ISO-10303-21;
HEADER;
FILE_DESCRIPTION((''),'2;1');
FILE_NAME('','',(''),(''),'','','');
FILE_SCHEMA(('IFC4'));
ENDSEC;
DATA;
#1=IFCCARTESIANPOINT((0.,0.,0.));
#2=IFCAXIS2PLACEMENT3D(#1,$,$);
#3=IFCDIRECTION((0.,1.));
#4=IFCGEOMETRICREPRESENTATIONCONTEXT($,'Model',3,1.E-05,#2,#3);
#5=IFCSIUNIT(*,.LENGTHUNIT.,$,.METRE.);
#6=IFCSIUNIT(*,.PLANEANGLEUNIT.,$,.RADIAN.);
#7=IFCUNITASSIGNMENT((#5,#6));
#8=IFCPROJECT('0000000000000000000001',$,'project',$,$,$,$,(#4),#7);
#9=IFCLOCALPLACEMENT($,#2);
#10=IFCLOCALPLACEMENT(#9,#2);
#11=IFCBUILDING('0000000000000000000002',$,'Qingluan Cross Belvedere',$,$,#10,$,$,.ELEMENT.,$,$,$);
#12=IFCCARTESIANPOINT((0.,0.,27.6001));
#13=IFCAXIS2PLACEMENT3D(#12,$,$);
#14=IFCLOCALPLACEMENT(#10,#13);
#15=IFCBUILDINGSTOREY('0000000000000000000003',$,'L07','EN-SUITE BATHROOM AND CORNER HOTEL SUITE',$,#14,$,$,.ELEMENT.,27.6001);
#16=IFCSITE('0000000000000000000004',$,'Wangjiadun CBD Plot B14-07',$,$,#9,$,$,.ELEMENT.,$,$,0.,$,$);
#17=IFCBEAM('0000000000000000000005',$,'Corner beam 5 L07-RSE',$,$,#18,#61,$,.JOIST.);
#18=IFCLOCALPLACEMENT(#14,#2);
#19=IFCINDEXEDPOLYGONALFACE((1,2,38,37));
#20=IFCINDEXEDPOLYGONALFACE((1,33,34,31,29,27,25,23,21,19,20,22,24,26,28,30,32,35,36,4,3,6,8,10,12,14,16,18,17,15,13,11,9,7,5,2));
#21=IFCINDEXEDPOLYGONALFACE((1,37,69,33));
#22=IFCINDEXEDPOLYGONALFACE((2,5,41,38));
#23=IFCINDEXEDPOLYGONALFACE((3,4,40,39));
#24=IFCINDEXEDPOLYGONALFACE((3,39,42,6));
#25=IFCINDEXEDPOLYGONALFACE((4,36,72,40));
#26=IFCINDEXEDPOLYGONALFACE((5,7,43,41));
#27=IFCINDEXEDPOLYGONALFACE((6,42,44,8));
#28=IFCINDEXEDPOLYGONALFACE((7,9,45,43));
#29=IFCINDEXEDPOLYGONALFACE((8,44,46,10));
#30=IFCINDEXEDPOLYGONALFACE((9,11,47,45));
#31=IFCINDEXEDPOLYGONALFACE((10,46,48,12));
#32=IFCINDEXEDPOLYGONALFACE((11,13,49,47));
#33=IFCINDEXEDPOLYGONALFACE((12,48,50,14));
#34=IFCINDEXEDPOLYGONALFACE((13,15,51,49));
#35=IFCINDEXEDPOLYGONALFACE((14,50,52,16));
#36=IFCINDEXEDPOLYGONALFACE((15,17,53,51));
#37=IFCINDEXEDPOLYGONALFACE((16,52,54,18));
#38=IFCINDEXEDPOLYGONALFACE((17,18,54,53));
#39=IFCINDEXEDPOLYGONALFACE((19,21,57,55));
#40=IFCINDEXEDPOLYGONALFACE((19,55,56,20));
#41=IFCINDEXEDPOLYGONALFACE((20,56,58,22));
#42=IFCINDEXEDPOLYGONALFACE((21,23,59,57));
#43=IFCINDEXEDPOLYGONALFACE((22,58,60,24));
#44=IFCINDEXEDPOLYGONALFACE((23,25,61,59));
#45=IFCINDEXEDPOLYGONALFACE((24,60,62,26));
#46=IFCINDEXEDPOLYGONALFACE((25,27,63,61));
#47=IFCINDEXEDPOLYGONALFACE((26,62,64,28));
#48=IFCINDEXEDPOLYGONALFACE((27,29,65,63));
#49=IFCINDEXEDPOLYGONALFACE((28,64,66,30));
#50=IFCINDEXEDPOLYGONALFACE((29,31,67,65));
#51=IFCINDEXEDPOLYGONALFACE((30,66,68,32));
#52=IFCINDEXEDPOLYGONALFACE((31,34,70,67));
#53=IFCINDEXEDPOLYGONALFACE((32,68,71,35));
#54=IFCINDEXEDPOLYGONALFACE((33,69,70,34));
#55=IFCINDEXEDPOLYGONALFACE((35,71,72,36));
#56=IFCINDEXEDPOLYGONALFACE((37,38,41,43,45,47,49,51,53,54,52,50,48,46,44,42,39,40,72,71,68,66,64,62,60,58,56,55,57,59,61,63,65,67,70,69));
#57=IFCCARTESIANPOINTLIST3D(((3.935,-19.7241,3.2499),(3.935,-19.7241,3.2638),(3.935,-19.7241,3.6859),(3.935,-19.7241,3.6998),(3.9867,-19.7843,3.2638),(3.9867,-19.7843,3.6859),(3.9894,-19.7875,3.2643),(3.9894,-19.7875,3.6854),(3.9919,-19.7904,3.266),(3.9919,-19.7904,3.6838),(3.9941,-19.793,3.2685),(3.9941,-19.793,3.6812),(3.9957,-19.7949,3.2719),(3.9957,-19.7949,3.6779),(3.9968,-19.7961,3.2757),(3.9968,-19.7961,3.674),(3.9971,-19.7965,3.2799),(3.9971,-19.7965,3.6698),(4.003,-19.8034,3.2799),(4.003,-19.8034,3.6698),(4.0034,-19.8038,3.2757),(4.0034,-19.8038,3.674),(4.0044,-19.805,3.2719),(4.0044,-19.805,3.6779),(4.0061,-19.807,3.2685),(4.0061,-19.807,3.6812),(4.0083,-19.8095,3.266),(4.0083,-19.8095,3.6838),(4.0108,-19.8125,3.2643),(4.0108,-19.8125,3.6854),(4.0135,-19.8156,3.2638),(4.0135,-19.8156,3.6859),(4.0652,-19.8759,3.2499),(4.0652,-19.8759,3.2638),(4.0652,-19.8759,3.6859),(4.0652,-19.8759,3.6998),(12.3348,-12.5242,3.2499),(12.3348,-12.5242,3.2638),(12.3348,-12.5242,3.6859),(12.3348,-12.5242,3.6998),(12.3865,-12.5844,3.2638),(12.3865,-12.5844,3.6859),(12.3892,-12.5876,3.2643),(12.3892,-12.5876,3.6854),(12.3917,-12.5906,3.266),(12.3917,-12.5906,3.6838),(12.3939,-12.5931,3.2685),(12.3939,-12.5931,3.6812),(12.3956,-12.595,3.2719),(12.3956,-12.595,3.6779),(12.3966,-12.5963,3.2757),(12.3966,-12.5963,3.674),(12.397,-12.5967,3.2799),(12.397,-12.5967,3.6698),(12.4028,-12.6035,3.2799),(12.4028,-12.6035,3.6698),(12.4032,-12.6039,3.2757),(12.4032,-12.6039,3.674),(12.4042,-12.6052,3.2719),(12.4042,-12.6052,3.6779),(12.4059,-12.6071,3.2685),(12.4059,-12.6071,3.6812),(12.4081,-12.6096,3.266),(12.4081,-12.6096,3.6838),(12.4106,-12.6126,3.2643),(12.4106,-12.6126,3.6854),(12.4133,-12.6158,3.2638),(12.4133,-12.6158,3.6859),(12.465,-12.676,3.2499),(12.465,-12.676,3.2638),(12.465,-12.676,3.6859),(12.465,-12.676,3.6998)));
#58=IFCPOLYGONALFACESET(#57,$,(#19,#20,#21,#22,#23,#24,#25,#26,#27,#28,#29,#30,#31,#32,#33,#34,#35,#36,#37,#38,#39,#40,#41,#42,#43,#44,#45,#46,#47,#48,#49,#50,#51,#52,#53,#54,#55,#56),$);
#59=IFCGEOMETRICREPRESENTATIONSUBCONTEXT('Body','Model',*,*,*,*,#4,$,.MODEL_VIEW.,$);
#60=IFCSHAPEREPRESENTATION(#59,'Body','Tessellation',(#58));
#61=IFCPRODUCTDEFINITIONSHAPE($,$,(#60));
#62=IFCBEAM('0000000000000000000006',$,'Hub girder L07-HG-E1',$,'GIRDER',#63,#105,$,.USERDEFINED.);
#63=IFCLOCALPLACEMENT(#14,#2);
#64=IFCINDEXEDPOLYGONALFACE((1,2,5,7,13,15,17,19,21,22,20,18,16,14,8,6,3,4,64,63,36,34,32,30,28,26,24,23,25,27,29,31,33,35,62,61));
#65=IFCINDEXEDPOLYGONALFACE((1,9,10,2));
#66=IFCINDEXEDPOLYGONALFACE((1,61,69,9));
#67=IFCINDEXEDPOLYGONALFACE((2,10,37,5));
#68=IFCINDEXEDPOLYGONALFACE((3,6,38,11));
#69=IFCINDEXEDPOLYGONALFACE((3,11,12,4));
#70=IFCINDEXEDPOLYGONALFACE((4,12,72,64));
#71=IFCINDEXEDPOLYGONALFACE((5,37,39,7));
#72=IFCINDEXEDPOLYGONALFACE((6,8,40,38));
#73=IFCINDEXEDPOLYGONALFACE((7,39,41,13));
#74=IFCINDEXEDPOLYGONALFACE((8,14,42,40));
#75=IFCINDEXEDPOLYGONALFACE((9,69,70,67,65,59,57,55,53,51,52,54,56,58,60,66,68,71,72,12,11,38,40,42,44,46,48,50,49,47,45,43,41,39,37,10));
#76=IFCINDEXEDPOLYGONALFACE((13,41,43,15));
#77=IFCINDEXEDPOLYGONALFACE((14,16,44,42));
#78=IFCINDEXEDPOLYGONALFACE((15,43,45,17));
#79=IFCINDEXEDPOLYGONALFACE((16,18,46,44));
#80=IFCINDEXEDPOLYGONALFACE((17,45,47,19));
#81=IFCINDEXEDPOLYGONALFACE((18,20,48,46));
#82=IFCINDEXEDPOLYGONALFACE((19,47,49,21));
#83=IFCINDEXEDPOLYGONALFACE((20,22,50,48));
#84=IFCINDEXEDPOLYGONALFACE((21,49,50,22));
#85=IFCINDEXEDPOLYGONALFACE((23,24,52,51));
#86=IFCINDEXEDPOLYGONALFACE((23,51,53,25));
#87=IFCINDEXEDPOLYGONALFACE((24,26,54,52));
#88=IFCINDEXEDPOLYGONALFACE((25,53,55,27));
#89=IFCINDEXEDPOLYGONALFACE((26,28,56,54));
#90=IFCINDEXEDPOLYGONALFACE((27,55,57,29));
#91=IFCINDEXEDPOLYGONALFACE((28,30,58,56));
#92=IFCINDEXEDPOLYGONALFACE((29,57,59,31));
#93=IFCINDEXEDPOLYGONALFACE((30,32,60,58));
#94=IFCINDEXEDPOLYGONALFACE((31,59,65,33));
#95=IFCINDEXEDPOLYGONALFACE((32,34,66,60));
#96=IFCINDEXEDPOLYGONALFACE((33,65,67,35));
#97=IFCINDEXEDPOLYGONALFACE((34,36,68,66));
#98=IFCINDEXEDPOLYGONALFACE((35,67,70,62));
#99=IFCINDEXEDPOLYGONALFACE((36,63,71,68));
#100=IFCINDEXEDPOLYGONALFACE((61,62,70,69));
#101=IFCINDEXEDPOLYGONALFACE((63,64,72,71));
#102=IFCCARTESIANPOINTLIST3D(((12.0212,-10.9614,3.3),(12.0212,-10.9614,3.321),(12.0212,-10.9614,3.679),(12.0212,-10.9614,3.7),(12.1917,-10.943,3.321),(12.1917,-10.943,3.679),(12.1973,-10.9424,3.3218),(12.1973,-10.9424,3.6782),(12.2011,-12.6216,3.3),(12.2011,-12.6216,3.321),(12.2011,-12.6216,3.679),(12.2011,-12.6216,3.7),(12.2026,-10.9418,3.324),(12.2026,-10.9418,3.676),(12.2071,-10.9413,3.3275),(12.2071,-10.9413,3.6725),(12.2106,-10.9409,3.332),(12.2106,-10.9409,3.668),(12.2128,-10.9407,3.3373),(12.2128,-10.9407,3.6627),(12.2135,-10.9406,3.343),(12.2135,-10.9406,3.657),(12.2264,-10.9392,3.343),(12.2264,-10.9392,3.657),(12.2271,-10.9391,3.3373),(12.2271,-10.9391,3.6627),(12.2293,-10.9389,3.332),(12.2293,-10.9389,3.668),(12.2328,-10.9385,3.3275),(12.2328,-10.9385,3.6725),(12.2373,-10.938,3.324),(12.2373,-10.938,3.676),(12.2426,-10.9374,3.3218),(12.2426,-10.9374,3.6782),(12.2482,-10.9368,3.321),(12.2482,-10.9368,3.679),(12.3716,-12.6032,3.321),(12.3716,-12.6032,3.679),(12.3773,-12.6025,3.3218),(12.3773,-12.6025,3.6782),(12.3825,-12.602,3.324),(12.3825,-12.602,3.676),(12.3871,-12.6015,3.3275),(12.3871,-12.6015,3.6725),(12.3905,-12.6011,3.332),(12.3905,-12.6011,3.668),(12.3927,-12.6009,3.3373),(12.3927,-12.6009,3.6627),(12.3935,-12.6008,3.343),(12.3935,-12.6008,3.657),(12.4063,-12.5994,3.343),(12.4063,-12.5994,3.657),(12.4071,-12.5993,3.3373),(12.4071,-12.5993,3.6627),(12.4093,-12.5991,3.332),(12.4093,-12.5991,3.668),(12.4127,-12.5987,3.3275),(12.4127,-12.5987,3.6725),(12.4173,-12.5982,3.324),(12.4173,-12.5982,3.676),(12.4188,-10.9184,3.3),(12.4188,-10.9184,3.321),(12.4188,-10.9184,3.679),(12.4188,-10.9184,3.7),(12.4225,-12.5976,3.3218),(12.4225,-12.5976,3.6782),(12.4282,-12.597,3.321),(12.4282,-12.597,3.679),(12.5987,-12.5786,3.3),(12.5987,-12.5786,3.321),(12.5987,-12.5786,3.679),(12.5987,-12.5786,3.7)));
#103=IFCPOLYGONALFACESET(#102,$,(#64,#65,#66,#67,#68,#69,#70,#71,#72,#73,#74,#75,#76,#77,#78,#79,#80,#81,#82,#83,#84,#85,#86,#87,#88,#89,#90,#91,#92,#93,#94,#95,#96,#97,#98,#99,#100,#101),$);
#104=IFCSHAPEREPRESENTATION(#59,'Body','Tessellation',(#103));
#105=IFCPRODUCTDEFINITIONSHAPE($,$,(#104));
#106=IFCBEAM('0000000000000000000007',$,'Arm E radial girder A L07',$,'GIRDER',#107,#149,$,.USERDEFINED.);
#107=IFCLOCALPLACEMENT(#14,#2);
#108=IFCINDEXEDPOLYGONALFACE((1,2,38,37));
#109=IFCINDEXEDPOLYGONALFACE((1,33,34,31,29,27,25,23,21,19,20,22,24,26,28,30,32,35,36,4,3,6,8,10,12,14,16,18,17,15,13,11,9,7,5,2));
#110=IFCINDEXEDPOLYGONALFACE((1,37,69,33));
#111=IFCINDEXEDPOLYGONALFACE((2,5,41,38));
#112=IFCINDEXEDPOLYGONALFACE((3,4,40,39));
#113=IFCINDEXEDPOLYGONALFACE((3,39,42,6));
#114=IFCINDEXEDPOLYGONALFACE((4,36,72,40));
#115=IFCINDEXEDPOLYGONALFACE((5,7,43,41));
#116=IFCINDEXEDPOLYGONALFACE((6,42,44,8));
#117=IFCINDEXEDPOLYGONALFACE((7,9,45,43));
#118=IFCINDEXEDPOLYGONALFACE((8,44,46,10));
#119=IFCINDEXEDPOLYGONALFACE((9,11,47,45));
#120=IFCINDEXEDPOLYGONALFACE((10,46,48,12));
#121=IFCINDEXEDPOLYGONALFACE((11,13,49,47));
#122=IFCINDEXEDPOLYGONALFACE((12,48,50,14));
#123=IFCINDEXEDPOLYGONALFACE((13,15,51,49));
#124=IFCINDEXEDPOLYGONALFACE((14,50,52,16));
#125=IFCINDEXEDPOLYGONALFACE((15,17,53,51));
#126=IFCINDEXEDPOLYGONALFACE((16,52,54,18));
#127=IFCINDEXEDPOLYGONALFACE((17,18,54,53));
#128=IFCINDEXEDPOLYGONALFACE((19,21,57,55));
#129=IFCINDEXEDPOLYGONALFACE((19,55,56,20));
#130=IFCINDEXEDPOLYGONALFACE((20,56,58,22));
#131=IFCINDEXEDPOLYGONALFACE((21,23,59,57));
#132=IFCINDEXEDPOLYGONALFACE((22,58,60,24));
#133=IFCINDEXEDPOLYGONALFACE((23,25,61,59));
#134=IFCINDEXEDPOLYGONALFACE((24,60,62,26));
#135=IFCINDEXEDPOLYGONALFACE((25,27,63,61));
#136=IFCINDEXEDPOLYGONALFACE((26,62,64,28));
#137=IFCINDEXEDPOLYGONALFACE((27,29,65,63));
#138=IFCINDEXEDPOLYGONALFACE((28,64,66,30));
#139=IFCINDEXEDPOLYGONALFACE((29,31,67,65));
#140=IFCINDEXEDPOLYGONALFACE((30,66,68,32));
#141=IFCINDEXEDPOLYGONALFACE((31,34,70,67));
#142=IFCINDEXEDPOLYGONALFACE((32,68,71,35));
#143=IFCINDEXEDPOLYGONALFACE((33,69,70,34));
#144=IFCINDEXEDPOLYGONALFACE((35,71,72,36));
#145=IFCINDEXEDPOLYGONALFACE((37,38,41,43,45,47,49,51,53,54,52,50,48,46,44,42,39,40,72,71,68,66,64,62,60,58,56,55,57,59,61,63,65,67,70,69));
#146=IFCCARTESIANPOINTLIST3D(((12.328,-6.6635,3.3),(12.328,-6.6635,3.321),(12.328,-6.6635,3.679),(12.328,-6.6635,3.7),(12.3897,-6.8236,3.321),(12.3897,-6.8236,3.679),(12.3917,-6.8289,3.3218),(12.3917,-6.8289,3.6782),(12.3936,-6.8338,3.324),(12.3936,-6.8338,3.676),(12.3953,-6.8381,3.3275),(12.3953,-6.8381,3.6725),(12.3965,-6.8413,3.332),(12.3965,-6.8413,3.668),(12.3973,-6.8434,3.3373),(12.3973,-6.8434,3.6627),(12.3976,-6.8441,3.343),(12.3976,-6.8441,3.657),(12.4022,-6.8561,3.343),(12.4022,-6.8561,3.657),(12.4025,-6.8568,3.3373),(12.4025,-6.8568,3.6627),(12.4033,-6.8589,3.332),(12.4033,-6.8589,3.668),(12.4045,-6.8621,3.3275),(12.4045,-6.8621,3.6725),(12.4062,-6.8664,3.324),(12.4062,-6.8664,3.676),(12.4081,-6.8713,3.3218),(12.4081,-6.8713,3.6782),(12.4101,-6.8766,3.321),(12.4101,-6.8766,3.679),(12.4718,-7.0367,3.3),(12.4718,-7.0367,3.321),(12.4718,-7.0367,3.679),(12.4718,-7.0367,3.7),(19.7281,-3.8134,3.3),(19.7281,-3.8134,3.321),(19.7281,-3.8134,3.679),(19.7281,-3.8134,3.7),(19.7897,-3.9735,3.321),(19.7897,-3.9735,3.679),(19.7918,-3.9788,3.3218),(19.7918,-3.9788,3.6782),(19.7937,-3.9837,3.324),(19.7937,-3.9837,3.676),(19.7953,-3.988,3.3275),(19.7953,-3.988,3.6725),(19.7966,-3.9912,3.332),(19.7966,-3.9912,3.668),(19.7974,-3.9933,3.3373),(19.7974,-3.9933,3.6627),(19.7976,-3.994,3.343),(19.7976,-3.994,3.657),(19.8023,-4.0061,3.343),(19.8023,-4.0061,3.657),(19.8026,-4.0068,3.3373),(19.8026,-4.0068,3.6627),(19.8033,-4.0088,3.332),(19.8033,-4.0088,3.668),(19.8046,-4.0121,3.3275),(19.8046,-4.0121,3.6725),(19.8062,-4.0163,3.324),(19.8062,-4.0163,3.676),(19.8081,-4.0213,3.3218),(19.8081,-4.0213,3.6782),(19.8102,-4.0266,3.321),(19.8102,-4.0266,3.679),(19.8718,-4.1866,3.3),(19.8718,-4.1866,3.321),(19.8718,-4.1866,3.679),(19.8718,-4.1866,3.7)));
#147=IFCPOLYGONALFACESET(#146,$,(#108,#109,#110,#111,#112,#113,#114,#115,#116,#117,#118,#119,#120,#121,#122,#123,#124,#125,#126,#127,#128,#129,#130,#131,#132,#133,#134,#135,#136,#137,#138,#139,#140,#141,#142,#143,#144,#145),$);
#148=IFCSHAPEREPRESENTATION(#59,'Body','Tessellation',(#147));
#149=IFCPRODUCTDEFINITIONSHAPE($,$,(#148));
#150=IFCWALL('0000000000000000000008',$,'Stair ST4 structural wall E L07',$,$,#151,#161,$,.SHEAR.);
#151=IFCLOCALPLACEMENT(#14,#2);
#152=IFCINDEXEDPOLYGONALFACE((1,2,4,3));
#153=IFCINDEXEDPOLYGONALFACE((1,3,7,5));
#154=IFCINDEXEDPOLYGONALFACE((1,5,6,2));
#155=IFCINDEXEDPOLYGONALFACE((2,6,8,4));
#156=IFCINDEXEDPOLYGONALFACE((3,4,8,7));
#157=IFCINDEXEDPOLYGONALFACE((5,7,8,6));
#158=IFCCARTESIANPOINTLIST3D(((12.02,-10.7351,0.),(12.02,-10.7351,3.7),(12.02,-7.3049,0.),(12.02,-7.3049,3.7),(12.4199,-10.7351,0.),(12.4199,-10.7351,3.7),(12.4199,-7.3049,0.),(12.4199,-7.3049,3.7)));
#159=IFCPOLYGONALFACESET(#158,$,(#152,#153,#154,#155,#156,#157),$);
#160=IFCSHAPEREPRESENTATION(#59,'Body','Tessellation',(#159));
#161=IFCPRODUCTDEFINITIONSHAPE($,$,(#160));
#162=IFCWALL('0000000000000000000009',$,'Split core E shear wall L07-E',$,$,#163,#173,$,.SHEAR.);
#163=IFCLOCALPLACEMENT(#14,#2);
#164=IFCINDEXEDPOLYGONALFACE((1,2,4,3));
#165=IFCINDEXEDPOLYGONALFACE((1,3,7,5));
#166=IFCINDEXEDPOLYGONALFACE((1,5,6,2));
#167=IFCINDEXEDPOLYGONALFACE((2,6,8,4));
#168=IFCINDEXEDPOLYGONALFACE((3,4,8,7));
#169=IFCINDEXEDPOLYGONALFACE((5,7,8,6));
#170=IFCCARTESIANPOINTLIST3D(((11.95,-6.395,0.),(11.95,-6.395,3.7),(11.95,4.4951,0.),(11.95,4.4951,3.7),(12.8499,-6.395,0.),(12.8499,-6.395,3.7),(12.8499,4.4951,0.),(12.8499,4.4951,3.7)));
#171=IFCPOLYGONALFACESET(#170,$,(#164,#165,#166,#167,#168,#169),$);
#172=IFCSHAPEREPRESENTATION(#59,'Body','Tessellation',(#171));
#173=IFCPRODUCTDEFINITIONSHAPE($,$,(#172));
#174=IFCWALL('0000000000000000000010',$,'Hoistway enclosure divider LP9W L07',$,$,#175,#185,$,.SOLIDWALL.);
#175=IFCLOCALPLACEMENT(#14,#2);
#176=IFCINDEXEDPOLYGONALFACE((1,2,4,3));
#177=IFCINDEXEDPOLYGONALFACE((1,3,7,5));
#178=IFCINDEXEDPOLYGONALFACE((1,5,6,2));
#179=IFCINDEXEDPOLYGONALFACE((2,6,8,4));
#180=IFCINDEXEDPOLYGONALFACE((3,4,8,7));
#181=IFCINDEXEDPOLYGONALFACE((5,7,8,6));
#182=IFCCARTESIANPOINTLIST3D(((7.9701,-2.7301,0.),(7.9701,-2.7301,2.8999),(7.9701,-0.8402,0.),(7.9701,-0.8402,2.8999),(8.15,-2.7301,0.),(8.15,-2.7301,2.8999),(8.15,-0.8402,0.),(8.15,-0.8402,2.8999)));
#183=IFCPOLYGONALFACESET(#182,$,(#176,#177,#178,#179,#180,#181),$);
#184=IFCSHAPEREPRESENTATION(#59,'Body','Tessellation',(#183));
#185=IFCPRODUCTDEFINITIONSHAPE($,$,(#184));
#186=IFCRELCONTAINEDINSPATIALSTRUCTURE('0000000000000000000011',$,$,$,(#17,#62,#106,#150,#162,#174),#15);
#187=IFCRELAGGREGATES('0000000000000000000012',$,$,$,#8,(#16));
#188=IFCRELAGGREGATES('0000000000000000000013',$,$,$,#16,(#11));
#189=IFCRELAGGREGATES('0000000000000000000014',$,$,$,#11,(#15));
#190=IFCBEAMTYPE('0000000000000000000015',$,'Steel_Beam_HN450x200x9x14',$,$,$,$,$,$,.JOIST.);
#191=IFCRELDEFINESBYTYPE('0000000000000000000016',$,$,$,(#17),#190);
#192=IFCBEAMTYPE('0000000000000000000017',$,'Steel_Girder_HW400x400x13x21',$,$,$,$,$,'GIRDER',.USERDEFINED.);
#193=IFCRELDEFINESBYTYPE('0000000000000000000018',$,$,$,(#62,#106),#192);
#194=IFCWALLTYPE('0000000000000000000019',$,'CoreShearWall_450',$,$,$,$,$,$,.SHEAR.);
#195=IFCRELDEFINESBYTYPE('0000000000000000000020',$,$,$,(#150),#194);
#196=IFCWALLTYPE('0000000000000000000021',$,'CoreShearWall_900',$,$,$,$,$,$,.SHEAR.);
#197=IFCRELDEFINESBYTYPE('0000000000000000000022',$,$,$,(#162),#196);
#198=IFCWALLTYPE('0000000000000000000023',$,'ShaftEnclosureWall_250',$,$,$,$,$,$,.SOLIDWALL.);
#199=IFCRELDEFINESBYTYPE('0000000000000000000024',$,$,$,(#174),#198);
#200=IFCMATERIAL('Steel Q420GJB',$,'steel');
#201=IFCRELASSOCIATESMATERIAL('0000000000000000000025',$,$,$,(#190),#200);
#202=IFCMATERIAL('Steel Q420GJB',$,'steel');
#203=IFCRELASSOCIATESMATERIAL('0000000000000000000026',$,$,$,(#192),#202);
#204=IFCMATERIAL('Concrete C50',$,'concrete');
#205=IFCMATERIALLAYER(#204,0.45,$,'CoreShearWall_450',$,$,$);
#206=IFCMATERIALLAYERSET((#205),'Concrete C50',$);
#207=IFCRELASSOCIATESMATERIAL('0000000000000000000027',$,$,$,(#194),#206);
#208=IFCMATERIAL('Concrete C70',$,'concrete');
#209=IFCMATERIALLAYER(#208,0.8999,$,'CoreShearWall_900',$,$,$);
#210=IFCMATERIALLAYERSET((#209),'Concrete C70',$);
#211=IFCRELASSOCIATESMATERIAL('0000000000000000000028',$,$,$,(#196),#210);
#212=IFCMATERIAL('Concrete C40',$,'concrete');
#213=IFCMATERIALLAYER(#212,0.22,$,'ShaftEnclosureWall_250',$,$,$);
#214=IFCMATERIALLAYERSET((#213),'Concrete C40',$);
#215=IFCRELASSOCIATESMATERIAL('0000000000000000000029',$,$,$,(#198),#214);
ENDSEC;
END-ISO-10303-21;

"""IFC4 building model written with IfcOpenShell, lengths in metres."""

from ifc_helpers import new_model, si_unit, direction, frame, frame_2d, origin, origin_2d, place, context, subcontext, project, spatial, rectangle, i_section, extrude, material, layer, layer_set, material_profile, profile_set, type_object, element, save


model = new_model("IFC4")

# Units and contexts
model_context = context("Model", 3, precision=1e-05, world=origin(), true_north=direction((0.0, 1.0)))
body_context = subcontext(model_context, "Body", "Model", "MODEL_VIEW")
ifc_project = project(units=[si_unit("LENGTHUNIT", "METRE"), si_unit("PLANEANGLEUNIT", "RADIAN")], contexts=[model_context])

# Site, building, storey
site_placement = place(None, origin())
site = spatial("IfcSite", under=ifc_project, at=site_placement, Name="Wangjiadun CBD Plot B14-07", CompositionType="ELEMENT", RefElevation=0.0)
building_placement = place(site_placement, origin())
building = spatial("IfcBuilding", under=site, at=building_placement, Name="Qingluan Cross Belvedere", CompositionType="ELEMENT")
storey_placement = place(building_placement, frame((0.0, 0.0, 27.6001)))
storey = spatial("IfcBuildingStorey", under=building, at=storey_placement, Name="L07", Description="EN-SUITE BATHROOM AND CORNER HOTEL SUITE", CompositionType="ELEMENT", Elevation=27.6001)

# Beams
ifc_material_1 = material(Name="Steel Q420GJB", Category="steel")
ifc_material_profile_1 = material_profile(ifc_material_1, i_section(OverallWidth=0.2, OverallDepth=0.45, WebThickness=0.009, FlangeThickness=0.0139, FilletRadius=0.0161, at=origin_2d()), Name="HN450x200x9x14")
ifc_profile_set_1 = profile_set([ifc_material_profile_1], Name="Steel Q420GJB")
beam_type_1 = type_object("IfcBeamType", Name="Steel_Beam_HN450x200x9x14", PredefinedType="JOIST", material=ifc_profile_set_1)
beam_1_placement = place(storey_placement, frame((12.3999, -12.6001, 3.4749), z_axis=(-0.759255, -0.650793, 0.0), x_axis=(0.650793, -0.759255, 0.0)))
element("IfcBeam", 1, at=beam_1_placement, inside=storey, type_object=beam_type_1, Name="Corner beam 5 L07-RSE", PredefinedType="JOIST", context=body_context, shape_type="SweptSolid", body=[
    extrude(i_section(OverallWidth=0.2, OverallDepth=0.45, WebThickness=0.009, FlangeThickness=0.0139, FilletRadius=0.0161, at=origin_2d()), origin(), (0.0, 0.0, 1.0), 11.0632),
])
ifc_material_2 = material(Name="Steel Q420GJB", Category="steel")
ifc_material_profile_2 = material_profile(ifc_material_2, i_section(OverallWidth=0.3999, OverallDepth=0.3999, WebThickness=0.0129, FlangeThickness=0.021, FilletRadius=0.022, at=origin_2d()), Name="HW400x400x13x21")
ifc_profile_set_2 = profile_set([ifc_material_profile_2], Name="Steel Q420GJB")
beam_type_2 = type_object("IfcBeamType", Name="Steel_Girder_HW400x400x13x21", ElementType="GIRDER", PredefinedType="USERDEFINED", material=ifc_profile_set_2)
beam_2_placement = place(storey_placement, frame((12.3999, -12.6001, 3.5), z_axis=(-0.107751, 0.994178, 0.0), x_axis=(-0.994178, -0.107751, 0.0)))
element("IfcBeam", 2, at=beam_2_placement, inside=storey, type_object=beam_type_2, Name="Hub girder L07-HG-E1", ObjectType="GIRDER", PredefinedType="USERDEFINED", context=body_context, shape_type="SweptSolid", body=[
    extrude(i_section(OverallWidth=0.3999, OverallDepth=0.3999, WebThickness=0.0129, FlangeThickness=0.021, FilletRadius=0.022, at=origin_2d()), origin(), (0.0, 0.0, 1.0), 1.6699),
])
beam_3_placement = place(storey_placement, frame((12.3999, -6.8501, 3.5), z_axis=(0.933181, 0.359406, 0.0), x_axis=(-0.359406, 0.933181, 0.0)))
element("IfcBeam", 3, at=beam_3_placement, inside=storey, type_object=beam_type_2, Name="Arm E radial girder A L07", ObjectType="GIRDER", PredefinedType="USERDEFINED", context=body_context, shape_type="SweptSolid", body=[
    extrude(i_section(OverallWidth=0.3999, OverallDepth=0.3999, WebThickness=0.0129, FlangeThickness=0.021, FilletRadius=0.022, at=origin_2d()), origin(), (0.0, 0.0, 1.0), 7.9299),
])

# Walls
ifc_material_3 = material(Name="Concrete C50", Category="concrete")
ifc_layer_1 = layer(ifc_material_3, 0.45, Name="CoreShearWall_450")
ifc_layer_set_1 = layer_set([ifc_layer_1], Name="Concrete C50")
wall_type_1 = type_object("IfcWallType", Name="CoreShearWall_450", PredefinedType="SHEAR", material=ifc_layer_set_1)
wall_1_placement = place(storey_placement, frame((12.22, -10.7351, 0.0), z_axis=(0.0, 0.0, 1.0), x_axis=(0.0, 1.0, 0.0)))
element("IfcWall", 4, at=wall_1_placement, inside=storey, type_object=wall_type_1, Name="Stair ST4 structural wall E L07", PredefinedType="SHEAR", context=body_context, shape_type="SweptSolid", body=[
    extrude(rectangle(XDim=3.4302, YDim=0.3999, at=frame_2d((1.7151, 0.0))), origin(), (0.0, 0.0, 1.0), 3.7),
])
ifc_material_4 = material(Name="Concrete C70", Category="concrete")
ifc_layer_2 = layer(ifc_material_4, 0.8999, Name="CoreShearWall_900")
ifc_layer_set_2 = layer_set([ifc_layer_2], Name="Concrete C70")
wall_type_2 = type_object("IfcWallType", Name="CoreShearWall_900", PredefinedType="SHEAR", material=ifc_layer_set_2)
wall_2_placement = place(storey_placement, frame((12.3999, -6.395, 0.0), z_axis=(0.0, 0.0, 1.0), x_axis=(0.0, 1.0, 0.0)))
element("IfcWall", 5, at=wall_2_placement, inside=storey, type_object=wall_type_2, Name="Split core E shear wall L07-E", PredefinedType="SHEAR", context=body_context, shape_type="SweptSolid", body=[
    extrude(rectangle(XDim=10.8901, YDim=0.8999, at=frame_2d((5.4451, 0.0))), origin(), (0.0, 0.0, 1.0), 3.7),
])
ifc_material_5 = material(Name="Concrete C40", Category="concrete")
ifc_layer_3 = layer(ifc_material_5, 0.22, Name="ShaftEnclosureWall_250")
ifc_layer_set_3 = layer_set([ifc_layer_3], Name="Concrete C40")
wall_type_3 = type_object("IfcWallType", Name="ShaftEnclosureWall_250", PredefinedType="SOLIDWALL", material=ifc_layer_set_3)
wall_3_placement = place(storey_placement, frame((8.0601, -2.73, 0.0), z_axis=(0.0, 0.0, 1.0), x_axis=(0.0, 1.0, 0.0)))
element("IfcWall", 6, at=wall_3_placement, inside=storey, type_object=wall_type_3, Name="Hoistway enclosure divider LP9W L07", PredefinedType="SOLIDWALL", context=body_context, shape_type="SweptSolid", body=[
    extrude(rectangle(XDim=1.8899, YDim=0.1799, at=frame_2d((0.9448, 0.0))), origin(), (0.0, 0.0, 1.0), 2.8999),
])

save(model, "model.ifc")
